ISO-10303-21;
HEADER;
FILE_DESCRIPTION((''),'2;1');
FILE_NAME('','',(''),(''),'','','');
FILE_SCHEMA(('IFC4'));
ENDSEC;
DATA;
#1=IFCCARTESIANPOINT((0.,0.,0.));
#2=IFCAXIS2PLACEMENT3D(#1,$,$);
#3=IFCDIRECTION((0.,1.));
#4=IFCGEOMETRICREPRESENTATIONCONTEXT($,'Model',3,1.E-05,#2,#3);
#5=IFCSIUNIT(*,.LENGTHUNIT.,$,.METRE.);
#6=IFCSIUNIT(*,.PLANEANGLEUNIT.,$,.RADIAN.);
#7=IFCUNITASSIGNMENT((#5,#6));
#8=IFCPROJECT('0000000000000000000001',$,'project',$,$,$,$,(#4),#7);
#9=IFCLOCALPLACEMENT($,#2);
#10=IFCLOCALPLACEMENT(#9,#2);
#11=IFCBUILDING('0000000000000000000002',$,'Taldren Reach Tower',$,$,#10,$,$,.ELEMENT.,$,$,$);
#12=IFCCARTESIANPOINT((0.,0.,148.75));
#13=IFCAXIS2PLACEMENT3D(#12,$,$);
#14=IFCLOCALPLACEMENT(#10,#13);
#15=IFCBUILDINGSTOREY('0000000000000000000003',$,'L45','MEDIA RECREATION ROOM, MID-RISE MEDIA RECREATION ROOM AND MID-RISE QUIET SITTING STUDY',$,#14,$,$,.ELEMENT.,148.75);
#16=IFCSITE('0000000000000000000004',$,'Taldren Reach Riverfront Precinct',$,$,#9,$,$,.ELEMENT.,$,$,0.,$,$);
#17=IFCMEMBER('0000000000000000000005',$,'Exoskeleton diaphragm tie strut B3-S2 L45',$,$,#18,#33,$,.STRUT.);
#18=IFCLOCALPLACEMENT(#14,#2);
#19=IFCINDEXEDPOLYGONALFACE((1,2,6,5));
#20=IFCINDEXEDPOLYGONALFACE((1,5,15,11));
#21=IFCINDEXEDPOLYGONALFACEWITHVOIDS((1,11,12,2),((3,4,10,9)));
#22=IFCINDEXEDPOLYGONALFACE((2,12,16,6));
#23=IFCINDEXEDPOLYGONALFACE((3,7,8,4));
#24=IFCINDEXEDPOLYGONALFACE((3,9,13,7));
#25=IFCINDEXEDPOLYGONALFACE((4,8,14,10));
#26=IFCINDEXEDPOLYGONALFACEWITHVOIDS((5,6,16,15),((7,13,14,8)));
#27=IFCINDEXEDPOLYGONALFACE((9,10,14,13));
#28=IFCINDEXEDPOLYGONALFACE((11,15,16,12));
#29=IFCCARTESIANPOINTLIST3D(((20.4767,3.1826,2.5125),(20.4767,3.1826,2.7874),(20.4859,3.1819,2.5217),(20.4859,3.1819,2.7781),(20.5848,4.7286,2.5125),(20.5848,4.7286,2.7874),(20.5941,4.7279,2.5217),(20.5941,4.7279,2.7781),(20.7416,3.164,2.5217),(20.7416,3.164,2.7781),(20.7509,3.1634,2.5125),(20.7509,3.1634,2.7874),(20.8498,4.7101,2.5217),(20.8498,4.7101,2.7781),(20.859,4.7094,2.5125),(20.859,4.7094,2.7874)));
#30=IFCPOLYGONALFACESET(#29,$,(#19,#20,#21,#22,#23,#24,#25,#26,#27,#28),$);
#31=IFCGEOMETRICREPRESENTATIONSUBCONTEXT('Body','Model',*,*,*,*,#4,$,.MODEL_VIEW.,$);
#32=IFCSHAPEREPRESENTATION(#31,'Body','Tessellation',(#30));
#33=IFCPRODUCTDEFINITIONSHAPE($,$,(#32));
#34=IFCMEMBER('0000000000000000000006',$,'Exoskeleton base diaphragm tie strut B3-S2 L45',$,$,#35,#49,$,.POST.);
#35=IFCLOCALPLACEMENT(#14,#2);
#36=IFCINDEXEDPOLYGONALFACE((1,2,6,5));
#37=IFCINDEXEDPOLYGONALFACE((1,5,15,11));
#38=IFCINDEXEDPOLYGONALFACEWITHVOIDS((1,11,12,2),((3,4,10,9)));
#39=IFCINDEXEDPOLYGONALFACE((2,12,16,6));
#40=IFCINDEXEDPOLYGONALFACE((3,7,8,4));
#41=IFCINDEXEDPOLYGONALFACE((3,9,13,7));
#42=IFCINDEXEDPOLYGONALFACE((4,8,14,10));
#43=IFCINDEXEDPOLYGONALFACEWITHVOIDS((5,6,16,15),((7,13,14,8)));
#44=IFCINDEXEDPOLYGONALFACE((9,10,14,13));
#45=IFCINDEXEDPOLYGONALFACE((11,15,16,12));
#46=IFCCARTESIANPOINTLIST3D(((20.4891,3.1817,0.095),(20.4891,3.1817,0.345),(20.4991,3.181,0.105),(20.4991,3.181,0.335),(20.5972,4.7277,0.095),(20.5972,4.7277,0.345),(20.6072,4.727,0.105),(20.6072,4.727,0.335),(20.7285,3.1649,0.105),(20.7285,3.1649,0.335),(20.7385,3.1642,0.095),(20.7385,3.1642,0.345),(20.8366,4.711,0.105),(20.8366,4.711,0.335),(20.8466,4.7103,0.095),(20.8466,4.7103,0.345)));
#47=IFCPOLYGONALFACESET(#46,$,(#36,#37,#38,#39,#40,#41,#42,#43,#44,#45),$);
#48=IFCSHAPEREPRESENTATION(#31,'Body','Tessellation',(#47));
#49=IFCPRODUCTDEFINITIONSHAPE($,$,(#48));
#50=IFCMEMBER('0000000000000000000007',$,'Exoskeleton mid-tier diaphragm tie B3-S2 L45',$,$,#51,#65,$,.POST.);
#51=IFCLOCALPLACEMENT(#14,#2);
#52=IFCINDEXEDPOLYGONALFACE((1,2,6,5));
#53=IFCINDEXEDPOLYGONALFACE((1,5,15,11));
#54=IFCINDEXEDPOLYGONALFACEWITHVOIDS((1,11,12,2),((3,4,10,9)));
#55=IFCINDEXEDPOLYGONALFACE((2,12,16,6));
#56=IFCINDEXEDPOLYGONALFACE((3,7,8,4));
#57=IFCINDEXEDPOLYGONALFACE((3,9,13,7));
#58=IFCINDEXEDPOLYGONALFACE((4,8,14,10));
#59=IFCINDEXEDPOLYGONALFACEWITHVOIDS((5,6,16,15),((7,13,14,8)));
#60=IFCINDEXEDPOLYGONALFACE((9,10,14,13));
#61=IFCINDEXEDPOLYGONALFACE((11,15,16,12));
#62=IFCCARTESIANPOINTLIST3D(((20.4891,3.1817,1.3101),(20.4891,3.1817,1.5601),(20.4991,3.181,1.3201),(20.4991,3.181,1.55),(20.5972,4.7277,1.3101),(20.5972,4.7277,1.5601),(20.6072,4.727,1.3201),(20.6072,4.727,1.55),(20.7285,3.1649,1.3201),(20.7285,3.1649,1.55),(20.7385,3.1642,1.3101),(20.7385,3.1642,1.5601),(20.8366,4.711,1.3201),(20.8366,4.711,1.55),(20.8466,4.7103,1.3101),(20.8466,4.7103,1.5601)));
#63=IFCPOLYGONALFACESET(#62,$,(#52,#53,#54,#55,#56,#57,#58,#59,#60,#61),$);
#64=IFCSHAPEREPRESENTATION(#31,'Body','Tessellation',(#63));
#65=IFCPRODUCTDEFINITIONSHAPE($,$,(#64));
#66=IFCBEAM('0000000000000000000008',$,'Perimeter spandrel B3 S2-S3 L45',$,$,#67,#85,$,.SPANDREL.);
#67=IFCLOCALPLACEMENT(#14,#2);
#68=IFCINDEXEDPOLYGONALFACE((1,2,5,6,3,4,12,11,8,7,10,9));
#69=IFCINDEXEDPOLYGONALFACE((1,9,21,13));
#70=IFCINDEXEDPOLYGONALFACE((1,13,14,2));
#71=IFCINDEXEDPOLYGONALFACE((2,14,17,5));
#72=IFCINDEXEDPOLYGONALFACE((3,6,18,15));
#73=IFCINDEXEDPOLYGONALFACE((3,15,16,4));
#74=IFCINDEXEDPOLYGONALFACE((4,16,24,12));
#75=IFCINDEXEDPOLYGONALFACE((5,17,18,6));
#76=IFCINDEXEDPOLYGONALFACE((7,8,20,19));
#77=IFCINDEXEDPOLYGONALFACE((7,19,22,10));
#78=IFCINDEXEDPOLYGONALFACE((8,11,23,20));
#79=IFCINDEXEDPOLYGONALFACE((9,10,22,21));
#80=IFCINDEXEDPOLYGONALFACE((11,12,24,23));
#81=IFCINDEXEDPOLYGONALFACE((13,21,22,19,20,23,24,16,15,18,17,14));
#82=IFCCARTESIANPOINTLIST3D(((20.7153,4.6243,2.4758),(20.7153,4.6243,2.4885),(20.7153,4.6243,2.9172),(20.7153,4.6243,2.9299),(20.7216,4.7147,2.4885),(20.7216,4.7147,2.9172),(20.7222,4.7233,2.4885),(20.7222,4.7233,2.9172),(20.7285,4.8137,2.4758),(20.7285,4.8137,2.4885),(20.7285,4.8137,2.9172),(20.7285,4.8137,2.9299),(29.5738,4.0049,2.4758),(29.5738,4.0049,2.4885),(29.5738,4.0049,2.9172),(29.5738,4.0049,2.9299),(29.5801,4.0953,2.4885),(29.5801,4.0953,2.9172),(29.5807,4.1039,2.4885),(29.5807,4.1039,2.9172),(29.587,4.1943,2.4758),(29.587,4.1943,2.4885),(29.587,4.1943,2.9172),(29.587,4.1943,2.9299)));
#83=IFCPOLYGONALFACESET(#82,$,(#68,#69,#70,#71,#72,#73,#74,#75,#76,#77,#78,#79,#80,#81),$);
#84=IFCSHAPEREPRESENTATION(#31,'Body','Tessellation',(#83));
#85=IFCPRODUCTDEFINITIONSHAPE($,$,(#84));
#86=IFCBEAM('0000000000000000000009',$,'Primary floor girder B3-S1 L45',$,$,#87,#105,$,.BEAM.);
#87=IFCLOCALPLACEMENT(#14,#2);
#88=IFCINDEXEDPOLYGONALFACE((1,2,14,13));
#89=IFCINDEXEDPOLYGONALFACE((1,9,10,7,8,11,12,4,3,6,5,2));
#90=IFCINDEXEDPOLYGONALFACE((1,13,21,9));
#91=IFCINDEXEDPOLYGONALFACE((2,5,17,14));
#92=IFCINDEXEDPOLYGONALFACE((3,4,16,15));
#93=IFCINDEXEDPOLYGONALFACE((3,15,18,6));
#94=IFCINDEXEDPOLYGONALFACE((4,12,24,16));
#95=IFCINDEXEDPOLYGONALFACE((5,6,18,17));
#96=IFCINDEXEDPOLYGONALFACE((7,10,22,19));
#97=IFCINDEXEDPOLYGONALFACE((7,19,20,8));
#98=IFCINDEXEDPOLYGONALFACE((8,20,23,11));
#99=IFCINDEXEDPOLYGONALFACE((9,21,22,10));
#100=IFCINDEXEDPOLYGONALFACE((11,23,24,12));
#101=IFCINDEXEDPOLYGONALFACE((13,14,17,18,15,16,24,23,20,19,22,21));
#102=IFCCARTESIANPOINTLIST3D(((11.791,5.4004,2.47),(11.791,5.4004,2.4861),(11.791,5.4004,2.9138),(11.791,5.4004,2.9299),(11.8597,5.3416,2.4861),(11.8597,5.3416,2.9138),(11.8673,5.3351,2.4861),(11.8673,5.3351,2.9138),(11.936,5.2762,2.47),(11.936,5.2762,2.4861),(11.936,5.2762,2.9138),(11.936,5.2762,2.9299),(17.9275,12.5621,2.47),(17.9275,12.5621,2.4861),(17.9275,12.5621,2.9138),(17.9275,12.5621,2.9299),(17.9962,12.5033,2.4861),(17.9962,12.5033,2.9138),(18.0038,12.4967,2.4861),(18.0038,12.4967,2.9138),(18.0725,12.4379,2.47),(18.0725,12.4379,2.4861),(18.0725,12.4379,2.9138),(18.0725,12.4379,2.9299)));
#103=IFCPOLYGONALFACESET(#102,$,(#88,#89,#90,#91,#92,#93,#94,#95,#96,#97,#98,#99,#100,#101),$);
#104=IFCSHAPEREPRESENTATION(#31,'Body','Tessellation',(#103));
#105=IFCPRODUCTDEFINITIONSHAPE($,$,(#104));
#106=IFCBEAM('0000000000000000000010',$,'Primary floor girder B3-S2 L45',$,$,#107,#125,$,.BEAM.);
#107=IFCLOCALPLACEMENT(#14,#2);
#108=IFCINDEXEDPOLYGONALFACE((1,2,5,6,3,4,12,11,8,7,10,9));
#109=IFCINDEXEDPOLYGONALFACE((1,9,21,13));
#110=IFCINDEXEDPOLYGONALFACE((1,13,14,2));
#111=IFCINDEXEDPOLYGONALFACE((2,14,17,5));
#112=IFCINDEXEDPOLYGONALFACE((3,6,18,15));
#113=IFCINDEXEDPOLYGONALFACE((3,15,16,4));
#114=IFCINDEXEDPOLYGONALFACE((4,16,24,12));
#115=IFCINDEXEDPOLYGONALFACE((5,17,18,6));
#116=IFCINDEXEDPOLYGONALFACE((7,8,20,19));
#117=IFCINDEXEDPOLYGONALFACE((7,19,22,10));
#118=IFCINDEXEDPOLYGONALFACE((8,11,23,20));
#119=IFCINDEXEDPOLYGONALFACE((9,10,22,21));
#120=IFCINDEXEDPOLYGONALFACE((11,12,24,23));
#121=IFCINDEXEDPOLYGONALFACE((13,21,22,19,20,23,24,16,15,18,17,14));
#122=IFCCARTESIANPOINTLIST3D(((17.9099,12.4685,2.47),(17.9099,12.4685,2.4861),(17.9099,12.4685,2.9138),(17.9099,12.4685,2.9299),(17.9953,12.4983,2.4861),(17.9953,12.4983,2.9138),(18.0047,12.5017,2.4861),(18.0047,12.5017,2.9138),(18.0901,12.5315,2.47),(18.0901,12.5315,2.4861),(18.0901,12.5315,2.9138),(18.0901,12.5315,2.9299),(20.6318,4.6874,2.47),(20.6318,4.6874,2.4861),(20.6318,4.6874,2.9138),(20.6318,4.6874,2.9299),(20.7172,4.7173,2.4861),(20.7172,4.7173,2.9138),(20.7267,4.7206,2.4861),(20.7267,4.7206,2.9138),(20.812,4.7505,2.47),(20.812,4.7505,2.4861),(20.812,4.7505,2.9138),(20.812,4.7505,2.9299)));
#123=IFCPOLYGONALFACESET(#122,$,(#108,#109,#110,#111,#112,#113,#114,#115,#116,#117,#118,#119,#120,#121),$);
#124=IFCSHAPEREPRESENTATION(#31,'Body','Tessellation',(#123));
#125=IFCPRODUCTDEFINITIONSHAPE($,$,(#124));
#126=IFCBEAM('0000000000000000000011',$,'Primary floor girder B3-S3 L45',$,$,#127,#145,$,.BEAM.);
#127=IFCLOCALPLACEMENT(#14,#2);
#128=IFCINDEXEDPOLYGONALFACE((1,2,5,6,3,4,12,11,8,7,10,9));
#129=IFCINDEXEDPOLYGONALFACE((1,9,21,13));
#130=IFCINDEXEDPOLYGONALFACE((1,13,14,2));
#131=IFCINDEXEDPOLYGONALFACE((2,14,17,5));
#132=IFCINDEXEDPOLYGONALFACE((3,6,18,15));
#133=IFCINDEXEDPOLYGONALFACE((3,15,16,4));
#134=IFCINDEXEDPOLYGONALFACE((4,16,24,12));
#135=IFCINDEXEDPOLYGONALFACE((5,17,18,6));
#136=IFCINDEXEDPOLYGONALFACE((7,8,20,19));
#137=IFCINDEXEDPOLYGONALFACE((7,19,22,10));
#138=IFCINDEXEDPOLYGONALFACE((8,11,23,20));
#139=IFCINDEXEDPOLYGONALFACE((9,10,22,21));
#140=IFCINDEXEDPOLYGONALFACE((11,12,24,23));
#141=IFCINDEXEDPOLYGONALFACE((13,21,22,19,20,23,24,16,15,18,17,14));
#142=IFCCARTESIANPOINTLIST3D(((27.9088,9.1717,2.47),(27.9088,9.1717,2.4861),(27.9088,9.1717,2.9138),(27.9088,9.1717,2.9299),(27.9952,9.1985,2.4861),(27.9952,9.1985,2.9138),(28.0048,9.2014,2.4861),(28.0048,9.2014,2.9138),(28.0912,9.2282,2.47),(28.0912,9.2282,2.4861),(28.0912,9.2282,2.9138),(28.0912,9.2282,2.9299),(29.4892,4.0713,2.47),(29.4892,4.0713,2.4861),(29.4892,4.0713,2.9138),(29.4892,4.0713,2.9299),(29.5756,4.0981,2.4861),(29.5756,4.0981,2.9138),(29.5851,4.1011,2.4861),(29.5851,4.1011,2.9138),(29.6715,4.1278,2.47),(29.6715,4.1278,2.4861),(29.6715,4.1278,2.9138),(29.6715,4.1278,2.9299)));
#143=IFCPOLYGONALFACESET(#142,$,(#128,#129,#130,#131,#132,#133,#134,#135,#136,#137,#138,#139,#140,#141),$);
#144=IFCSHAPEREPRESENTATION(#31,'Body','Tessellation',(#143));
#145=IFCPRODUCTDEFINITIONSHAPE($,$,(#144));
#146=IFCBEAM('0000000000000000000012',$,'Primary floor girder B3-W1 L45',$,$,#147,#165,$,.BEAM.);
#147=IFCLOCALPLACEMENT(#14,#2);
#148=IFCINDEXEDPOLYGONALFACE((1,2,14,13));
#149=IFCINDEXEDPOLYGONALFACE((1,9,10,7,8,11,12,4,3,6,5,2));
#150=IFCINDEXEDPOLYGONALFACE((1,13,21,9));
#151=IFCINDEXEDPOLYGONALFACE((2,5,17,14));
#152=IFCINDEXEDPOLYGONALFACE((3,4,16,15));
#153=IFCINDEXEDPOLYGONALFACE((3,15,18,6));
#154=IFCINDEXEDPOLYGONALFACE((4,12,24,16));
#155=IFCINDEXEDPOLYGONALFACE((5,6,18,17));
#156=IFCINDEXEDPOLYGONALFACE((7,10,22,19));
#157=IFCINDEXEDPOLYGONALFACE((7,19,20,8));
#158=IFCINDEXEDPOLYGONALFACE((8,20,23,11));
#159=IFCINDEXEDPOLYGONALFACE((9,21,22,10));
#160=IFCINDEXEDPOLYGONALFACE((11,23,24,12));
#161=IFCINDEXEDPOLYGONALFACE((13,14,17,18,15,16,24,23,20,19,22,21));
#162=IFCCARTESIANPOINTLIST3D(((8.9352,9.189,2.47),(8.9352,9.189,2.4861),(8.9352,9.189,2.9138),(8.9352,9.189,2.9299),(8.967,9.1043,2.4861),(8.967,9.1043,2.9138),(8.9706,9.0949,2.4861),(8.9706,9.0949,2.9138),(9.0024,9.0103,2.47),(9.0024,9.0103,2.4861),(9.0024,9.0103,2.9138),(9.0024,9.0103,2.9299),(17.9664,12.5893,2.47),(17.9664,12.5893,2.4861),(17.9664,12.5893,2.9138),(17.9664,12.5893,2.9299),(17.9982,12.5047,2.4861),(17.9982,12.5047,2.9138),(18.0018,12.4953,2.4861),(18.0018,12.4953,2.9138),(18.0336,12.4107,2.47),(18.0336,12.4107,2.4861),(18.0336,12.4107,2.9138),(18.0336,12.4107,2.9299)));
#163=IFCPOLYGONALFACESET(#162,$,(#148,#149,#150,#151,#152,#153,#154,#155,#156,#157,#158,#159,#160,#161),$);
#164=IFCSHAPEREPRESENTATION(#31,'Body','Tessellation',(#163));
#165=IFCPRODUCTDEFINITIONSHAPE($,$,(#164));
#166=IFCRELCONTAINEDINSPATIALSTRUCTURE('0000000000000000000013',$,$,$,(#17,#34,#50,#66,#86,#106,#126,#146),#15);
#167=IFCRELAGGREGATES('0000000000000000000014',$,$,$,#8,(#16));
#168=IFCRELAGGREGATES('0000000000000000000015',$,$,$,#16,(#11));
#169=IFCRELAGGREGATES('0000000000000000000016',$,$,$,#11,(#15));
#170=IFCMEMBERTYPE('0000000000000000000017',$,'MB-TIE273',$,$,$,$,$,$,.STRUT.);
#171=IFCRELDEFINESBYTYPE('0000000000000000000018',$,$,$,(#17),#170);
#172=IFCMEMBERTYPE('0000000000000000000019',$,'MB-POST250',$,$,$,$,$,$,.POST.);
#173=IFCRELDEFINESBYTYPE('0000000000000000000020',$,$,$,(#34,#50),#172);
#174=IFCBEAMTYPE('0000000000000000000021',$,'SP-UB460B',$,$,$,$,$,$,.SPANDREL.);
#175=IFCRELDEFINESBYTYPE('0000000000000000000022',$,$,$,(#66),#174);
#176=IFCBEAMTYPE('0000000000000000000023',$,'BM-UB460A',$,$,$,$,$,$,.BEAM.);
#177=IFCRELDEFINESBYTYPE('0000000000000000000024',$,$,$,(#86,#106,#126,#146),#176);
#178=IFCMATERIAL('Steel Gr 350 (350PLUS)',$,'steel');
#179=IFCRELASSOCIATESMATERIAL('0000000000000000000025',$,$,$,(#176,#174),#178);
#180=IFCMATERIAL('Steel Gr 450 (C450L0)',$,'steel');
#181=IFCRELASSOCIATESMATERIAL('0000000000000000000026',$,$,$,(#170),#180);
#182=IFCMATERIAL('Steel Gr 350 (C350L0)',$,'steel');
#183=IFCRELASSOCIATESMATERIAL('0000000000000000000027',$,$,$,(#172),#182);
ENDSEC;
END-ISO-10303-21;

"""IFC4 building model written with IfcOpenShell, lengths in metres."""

from ifc_helpers import new_model, si_unit, direction, frame, origin, origin_2d, place, context, subcontext, project, spatial, hollow_rectangle, i_section, extrude, source, transform, mapped, material, material_profile, profile_set, type_object, element, save


model = new_model("IFC4")

# Units and contexts
model_context = context("Model", 3, precision=1e-05, world=origin(), true_north=direction((0.0, 1.0)))
body_context = subcontext(model_context, "Body", "Model", "MODEL_VIEW")
ifc_project = project(units=[si_unit("LENGTHUNIT", "METRE"), si_unit("PLANEANGLEUNIT", "RADIAN")], contexts=[model_context])

# Site, building, storey
site_placement = place(None, origin())
site = spatial("IfcSite", under=ifc_project, at=site_placement, Name="Taldren Reach Riverfront Precinct", CompositionType="ELEMENT", RefElevation=0.0)
building_placement = place(site_placement, origin())
building = spatial("IfcBuilding", under=site, at=building_placement, Name="Taldren Reach Tower", CompositionType="ELEMENT")
storey_placement = place(building_placement, frame((0.0, 0.0, 148.75)))
storey = spatial("IfcBuildingStorey", under=building, at=storey_placement, Name="L45", Description="MEDIA RECREATION ROOM, MID-RISE MEDIA RECREATION ROOM AND MID-RISE QUIET SITTING STUDY", CompositionType="ELEMENT", Elevation=148.75)

# Shared definitions
ifc_material_1 = material(Name="Steel Gr 350 (350PLUS)", Category="steel")
ifc_material_2 = material(Name="Steel Gr 450 (C450L0)", Category="steel")

# Shared definitions
ifc_material_profile_1 = material_profile(ifc_material_1, i_section(OverallWidth=0.1909, OverallDepth=0.46, WebThickness=0.01, FlangeThickness=0.0161, at=origin_2d()), Name="460UB82.1")
ifc_profile_set_1 = profile_set([ifc_material_profile_1], Name="Steel Gr 350 (350PLUS)")
beam_type_1 = type_object("IfcBeamType", Name="BM-UB460A", PredefinedType="BEAM", material=ifc_profile_set_1)

# Members
ifc_material_profile_2 = material_profile(ifc_material_2, hollow_rectangle(XDim=0.2749, YDim=0.2749, WallThickness=0.0093, at=origin_2d()), Name="275x275x9.3SHS")
ifc_profile_set_2 = profile_set([ifc_material_profile_2], Name="Steel Gr 450 (C450L0)")
member_type_1 = type_object("IfcMemberType", Name="MB-TIE273", PredefinedType="STRUT", material=ifc_profile_set_2)
shared_shape_1 = source(origin(), body_context, "Body", "SweptSolid", [
    extrude(hollow_rectangle(XDim=0.2749, YDim=0.2749, WallThickness=0.0093, at=origin_2d()), origin(), (0.0, 0.0, 1.0), 1.5498),
])
member_placement = place(storey_placement, frame((20.7219, 4.719, 2.6499), z_axis=(-0.069781, -0.997562, 0.0), x_axis=(0.997562, -0.069781, 0.0)))
element("IfcMember", 1, at=member_placement, inside=storey, type_object=member_type_1, Name="Exoskeleton diaphragm tie strut B3-S2 L45", PredefinedType="STRUT", context=body_context, shape_type="MappedRepresentation", body=[
    mapped(shared_shape_1, transform((0.0, 0.0, 0.0), scale=1.0)),
])
ifc_material_3 = material(Name="Steel Gr 350 (C350L0)", Category="steel")
ifc_material_profile_3 = material_profile(ifc_material_3, hollow_rectangle(XDim=0.25, YDim=0.25, WallThickness=0.01, at=origin_2d()), Name="250x250x10.0SHS")
ifc_profile_set_3 = profile_set([ifc_material_profile_3], Name="Steel Gr 350 (C350L0)")
member_type_2 = type_object("IfcMemberType", Name="MB-POST250", PredefinedType="POST", material=ifc_profile_set_3)
shared_shape_2 = source(origin(), body_context, "Body", "SweptSolid", [
    extrude(hollow_rectangle(XDim=0.25, YDim=0.25, WallThickness=0.01, at=origin_2d()), origin(), (0.0, 0.0, 1.0), 1.5498),
])
for number, where, z_axis, x_axis, name in (
    (2, (20.7219, 4.719, 0.22), (-0.069781, -0.997562, 0.0), (0.997562, -0.069781, 0.0), "Exoskeleton base diaphragm tie strut B3-S2 L45"),
    (3, (20.7219, 4.719, 1.4351), (-0.069781, -0.997562, 0.0), (0.997562, -0.069781, 0.0), "Exoskeleton mid-tier diaphragm tie B3-S2 L45"),
):
    element("IfcMember", number, at=place(storey_placement, frame(where, z_axis=z_axis, x_axis=x_axis)), inside=storey, type_object=member_type_2, Name=name, PredefinedType="POST", context=body_context, shape_type="MappedRepresentation", body=[
        mapped(shared_shape_2, transform((0.0, 0.0, 0.0), scale=1.0)),
    ])

# Beams
ifc_material_profile_4 = material_profile(ifc_material_1, i_section(OverallWidth=0.1899, OverallDepth=0.4541, WebThickness=0.0085, FlangeThickness=0.0127, at=origin_2d()), Name="460UB67.1")
ifc_profile_set_4 = profile_set([ifc_material_profile_4], Name="Steel Gr 350 (350PLUS)")
beam_type_2 = type_object("IfcBeamType", Name="SP-UB460B", PredefinedType="SPANDREL", material=ifc_profile_set_4)
shared_shape_3 = source(origin(), body_context, "Body", "SweptSolid", [
    extrude(i_section(OverallWidth=0.1899, OverallDepth=0.4541, WebThickness=0.0085, FlangeThickness=0.0127, at=origin_2d()), origin(), (0.0, 0.0, 1.0), 8.8801),
])
beam_1_placement = place(storey_placement, frame((20.7219, 4.719, 2.7029), z_axis=(0.997564, -0.06975, 0.0), x_axis=(0.06975, 0.997564, 0.0)))
element("IfcBeam", 4, at=beam_1_placement, inside=storey, type_object=beam_type_2, Name="Perimeter spandrel B3 S2-S3 L45", PredefinedType="SPANDREL", context=body_context, shape_type="MappedRepresentation", body=[
    mapped(shared_shape_3, transform((0.0, 0.0, 0.0), scale=1.0)),
])
shared_shape_4 = source(origin(), body_context, "Body", "SweptSolid", [
    extrude(i_section(OverallWidth=0.1909, OverallDepth=0.46, WebThickness=0.01, FlangeThickness=0.0161, at=origin_2d()), origin(), (0.0, 0.0, 1.0), 9.4312),
])
beam_2_placement = place(storey_placement, frame((18.0, 12.5, 2.7), z_axis=(-0.650666, -0.759364, 0.0), x_axis=(0.759364, -0.650666, 0.0)))
element("IfcBeam", 5, at=beam_2_placement, inside=storey, type_object=beam_type_1, Name="Primary floor girder B3-S1 L45", PredefinedType="BEAM", context=body_context, shape_type="MappedRepresentation", body=[
    mapped(shared_shape_4, transform((0.0, 0.0, 0.0), scale=1.0)),
])
shared_shape_5 = source(origin(), body_context, "Body", "SweptSolid", [
    extrude(i_section(OverallWidth=0.1909, OverallDepth=0.46, WebThickness=0.01, FlangeThickness=0.0161, at=origin_2d()), origin(), (0.0, 0.0, 1.0), 8.2434),
])
beam_3_placement = place(storey_placement, frame((18.0, 12.5, 2.7), z_axis=(0.330196, -0.943912, 0.0), x_axis=(0.943912, 0.330196, 0.0)))
element("IfcBeam", 6, at=beam_3_placement, inside=storey, type_object=beam_type_1, Name="Primary floor girder B3-S2 L45", PredefinedType="BEAM", context=body_context, shape_type="MappedRepresentation", body=[
    mapped(shared_shape_5, transform((0.0, 0.0, 0.0), scale=1.0)),
])
shared_shape_6 = source(origin(), body_context, "Body", "SweptSolid", [
    extrude(i_section(OverallWidth=0.1909, OverallDepth=0.46, WebThickness=0.01, FlangeThickness=0.0161, at=origin_2d()), origin(), (0.0, 0.0, 1.0), 5.3396),
])
beam_4_placement = place(storey_placement, frame((28.0, 9.2, 2.7), z_axis=(0.295965, -0.955199, 0.0), x_axis=(0.955199, 0.295965, 0.0)))
element("IfcBeam", 7, at=beam_4_placement, inside=storey, type_object=beam_type_1, Name="Primary floor girder B3-S3 L45", PredefinedType="BEAM", context=body_context, shape_type="MappedRepresentation", body=[
    mapped(shared_shape_6, transform((0.0, 0.0, 0.0), scale=1.0)),
])
shared_shape_7 = source(origin(), body_context, "Body", "SweptSolid", [
    extrude(i_section(OverallWidth=0.1909, OverallDepth=0.46, WebThickness=0.01, FlangeThickness=0.0161, at=origin_2d()), origin(), (0.0, 0.0, 1.0), 9.6501),
])
beam_5_placement = place(storey_placement, frame((18.0, 12.5, 2.7), z_axis=(-0.935863, -0.352365, 0.0), x_axis=(0.352365, -0.935863, 0.0)))
element("IfcBeam", 8, at=beam_5_placement, inside=storey, type_object=beam_type_1, Name="Primary floor girder B3-W1 L45", PredefinedType="BEAM", context=body_context, shape_type="MappedRepresentation", body=[
    mapped(shared_shape_7, transform((0.0, 0.0, 0.0), scale=1.0)),
])

save(model, "model.ifc")
